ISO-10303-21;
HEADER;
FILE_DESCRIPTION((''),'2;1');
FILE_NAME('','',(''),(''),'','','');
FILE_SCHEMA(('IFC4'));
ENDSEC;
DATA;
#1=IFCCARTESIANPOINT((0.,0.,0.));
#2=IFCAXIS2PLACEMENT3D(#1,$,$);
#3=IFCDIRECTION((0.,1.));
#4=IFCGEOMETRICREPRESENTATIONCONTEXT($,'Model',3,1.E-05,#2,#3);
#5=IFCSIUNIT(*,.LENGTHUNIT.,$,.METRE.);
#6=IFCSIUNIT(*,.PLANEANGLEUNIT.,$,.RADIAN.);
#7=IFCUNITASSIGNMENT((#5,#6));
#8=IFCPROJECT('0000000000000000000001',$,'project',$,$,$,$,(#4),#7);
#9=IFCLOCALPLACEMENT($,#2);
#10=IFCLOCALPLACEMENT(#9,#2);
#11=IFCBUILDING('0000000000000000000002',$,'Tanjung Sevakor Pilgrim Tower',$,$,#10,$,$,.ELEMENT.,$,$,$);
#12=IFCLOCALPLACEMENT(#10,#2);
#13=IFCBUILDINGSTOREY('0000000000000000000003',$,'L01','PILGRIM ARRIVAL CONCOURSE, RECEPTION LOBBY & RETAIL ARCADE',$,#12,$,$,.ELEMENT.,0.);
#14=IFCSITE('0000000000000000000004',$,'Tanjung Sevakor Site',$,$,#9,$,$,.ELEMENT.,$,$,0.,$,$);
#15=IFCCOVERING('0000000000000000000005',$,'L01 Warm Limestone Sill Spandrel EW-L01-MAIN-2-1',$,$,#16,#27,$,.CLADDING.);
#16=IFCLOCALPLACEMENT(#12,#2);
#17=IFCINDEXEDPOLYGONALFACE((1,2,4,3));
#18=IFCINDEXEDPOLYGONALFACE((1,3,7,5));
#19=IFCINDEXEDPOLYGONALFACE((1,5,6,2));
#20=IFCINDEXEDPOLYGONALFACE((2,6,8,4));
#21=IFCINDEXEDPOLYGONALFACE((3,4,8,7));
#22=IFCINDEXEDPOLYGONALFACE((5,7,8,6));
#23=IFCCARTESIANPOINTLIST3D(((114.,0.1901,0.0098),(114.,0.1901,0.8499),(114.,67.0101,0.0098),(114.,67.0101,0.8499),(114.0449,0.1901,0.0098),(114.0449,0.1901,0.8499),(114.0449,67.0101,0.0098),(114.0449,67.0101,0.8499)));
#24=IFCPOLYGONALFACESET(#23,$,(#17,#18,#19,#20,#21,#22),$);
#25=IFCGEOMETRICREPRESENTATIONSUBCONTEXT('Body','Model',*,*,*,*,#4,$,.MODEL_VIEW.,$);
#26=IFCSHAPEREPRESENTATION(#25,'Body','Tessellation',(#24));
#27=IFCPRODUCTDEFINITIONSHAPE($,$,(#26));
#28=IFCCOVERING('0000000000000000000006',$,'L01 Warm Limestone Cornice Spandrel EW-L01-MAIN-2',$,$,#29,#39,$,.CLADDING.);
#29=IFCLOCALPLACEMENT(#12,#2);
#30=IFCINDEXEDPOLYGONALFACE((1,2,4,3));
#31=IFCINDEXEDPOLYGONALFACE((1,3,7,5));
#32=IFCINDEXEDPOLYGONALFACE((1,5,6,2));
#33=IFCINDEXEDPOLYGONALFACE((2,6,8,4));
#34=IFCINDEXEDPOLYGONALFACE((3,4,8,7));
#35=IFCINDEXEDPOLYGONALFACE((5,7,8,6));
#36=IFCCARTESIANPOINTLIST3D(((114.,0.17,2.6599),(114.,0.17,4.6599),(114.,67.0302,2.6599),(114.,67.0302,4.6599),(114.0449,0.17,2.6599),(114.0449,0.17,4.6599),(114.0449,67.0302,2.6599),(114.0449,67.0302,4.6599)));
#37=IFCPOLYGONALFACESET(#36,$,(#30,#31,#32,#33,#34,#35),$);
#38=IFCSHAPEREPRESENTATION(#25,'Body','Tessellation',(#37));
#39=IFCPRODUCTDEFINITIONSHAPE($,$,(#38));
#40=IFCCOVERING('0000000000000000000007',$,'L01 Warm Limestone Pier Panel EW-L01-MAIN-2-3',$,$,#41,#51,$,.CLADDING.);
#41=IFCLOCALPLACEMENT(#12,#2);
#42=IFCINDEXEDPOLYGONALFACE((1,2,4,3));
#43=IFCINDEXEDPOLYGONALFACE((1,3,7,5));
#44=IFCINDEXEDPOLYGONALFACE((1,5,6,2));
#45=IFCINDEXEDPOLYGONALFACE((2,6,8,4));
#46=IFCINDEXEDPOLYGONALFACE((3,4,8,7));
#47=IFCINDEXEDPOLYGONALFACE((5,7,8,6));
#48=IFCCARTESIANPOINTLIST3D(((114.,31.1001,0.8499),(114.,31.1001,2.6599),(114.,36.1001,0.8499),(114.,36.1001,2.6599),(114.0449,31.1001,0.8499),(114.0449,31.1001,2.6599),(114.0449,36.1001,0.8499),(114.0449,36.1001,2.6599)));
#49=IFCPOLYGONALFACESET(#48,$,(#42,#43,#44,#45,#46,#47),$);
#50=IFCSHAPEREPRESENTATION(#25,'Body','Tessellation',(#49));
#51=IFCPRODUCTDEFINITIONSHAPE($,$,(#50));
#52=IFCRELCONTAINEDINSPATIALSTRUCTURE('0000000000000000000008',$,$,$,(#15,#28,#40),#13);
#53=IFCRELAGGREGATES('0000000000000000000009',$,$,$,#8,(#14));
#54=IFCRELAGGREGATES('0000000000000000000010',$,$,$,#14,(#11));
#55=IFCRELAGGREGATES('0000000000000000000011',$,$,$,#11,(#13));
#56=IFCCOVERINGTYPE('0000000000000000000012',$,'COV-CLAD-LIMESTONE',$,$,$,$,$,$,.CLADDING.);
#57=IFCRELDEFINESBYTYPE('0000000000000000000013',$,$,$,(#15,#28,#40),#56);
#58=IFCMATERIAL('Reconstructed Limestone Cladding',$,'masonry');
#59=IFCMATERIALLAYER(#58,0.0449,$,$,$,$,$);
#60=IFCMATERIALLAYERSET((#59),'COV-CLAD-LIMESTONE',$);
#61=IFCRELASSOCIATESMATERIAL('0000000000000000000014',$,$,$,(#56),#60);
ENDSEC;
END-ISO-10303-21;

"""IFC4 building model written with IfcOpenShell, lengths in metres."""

from ifc_helpers import new_model, si_unit, direction, frame, origin, origin_2d, place, context, subcontext, project, spatial, rectangle, extrude, material, layer, layer_set, type_object, element, save


model = new_model("IFC4")

# Units and contexts
model_context = context("Model", 3, precision=1e-05, world=origin(), true_north=direction((0.0, 1.0)))
body_context = subcontext(model_context, "Body", "Model", "MODEL_VIEW")
ifc_project = project(units=[si_unit("LENGTHUNIT", "METRE"), si_unit("PLANEANGLEUNIT", "RADIAN")], contexts=[model_context])

# Site, building, storey
site_placement = place(None, origin())
site = spatial("IfcSite", under=ifc_project, at=site_placement, Name="Tanjung Sevakor Site", CompositionType="ELEMENT", RefElevation=0.0)
building_placement = place(site_placement, origin())
building = spatial("IfcBuilding", under=site, at=building_placement, Name="Tanjung Sevakor Pilgrim Tower", CompositionType="ELEMENT")
storey_placement = place(building_placement, origin())
storey = spatial("IfcBuildingStorey", under=building, at=storey_placement, Name="L01", Description="PILGRIM ARRIVAL CONCOURSE, RECEPTION LOBBY & RETAIL ARCADE", CompositionType="ELEMENT", Elevation=0.0)

# Coverings
ifc_material_1 = material(Name="Reconstructed Limestone Cladding", Category="masonry")
ifc_layer_1 = layer(ifc_material_1, 0.0449)
ifc_layer_set_1 = layer_set([ifc_layer_1], Name="COV-CLAD-LIMESTONE")
covering_type = type_object("IfcCoveringType", Name="COV-CLAD-LIMESTONE", PredefinedType="CLADDING", material=ifc_layer_set_1)
covering_1_placement = place(storey_placement, frame((114.0225, 33.6001, 0.0098), z_axis=(0.0, 0.0, 1.0), x_axis=(0.0, 1.0, 0.0)))
element("IfcCovering", 1, at=covering_1_placement, inside=storey, type_object=covering_type, Name="L01 Warm Limestone Sill Spandrel EW-L01-MAIN-2-1", PredefinedType="CLADDING", context=body_context, shape_type="SweptSolid", body=[
    extrude(rectangle(XDim=66.8201, YDim=0.0449, at=origin_2d()), origin(), (0.0, 0.0, 1.0), 0.8401),
])
covering_2_placement = place(storey_placement, frame((114.0225, 33.6001, 2.6599), z_axis=(0.0, 0.0, 1.0), x_axis=(0.0, 1.0, 0.0)))
element("IfcCovering", 2, at=covering_2_placement, inside=storey, type_object=covering_type, Name="L01 Warm Limestone Cornice Spandrel EW-L01-MAIN-2", PredefinedType="CLADDING", context=body_context, shape_type="SweptSolid", body=[
    extrude(rectangle(XDim=66.8601, YDim=0.0449, at=origin_2d()), origin(), (0.0, 0.0, 1.0), 2.0),
])
covering_3_placement = place(storey_placement, frame((114.0225, 33.6001, 0.8499), z_axis=(0.0, 0.0, 1.0), x_axis=(0.0, 1.0, 0.0)))
element("IfcCovering", 3, at=covering_3_placement, inside=storey, type_object=covering_type, Name="L01 Warm Limestone Pier Panel EW-L01-MAIN-2-3", PredefinedType="CLADDING", context=body_context, shape_type="SweptSolid", body=[
    extrude(rectangle(XDim=5.0, YDim=0.0449, at=origin_2d()), origin(), (0.0, 0.0, 1.0), 1.8101),
])

save(model, "model.ifc")
